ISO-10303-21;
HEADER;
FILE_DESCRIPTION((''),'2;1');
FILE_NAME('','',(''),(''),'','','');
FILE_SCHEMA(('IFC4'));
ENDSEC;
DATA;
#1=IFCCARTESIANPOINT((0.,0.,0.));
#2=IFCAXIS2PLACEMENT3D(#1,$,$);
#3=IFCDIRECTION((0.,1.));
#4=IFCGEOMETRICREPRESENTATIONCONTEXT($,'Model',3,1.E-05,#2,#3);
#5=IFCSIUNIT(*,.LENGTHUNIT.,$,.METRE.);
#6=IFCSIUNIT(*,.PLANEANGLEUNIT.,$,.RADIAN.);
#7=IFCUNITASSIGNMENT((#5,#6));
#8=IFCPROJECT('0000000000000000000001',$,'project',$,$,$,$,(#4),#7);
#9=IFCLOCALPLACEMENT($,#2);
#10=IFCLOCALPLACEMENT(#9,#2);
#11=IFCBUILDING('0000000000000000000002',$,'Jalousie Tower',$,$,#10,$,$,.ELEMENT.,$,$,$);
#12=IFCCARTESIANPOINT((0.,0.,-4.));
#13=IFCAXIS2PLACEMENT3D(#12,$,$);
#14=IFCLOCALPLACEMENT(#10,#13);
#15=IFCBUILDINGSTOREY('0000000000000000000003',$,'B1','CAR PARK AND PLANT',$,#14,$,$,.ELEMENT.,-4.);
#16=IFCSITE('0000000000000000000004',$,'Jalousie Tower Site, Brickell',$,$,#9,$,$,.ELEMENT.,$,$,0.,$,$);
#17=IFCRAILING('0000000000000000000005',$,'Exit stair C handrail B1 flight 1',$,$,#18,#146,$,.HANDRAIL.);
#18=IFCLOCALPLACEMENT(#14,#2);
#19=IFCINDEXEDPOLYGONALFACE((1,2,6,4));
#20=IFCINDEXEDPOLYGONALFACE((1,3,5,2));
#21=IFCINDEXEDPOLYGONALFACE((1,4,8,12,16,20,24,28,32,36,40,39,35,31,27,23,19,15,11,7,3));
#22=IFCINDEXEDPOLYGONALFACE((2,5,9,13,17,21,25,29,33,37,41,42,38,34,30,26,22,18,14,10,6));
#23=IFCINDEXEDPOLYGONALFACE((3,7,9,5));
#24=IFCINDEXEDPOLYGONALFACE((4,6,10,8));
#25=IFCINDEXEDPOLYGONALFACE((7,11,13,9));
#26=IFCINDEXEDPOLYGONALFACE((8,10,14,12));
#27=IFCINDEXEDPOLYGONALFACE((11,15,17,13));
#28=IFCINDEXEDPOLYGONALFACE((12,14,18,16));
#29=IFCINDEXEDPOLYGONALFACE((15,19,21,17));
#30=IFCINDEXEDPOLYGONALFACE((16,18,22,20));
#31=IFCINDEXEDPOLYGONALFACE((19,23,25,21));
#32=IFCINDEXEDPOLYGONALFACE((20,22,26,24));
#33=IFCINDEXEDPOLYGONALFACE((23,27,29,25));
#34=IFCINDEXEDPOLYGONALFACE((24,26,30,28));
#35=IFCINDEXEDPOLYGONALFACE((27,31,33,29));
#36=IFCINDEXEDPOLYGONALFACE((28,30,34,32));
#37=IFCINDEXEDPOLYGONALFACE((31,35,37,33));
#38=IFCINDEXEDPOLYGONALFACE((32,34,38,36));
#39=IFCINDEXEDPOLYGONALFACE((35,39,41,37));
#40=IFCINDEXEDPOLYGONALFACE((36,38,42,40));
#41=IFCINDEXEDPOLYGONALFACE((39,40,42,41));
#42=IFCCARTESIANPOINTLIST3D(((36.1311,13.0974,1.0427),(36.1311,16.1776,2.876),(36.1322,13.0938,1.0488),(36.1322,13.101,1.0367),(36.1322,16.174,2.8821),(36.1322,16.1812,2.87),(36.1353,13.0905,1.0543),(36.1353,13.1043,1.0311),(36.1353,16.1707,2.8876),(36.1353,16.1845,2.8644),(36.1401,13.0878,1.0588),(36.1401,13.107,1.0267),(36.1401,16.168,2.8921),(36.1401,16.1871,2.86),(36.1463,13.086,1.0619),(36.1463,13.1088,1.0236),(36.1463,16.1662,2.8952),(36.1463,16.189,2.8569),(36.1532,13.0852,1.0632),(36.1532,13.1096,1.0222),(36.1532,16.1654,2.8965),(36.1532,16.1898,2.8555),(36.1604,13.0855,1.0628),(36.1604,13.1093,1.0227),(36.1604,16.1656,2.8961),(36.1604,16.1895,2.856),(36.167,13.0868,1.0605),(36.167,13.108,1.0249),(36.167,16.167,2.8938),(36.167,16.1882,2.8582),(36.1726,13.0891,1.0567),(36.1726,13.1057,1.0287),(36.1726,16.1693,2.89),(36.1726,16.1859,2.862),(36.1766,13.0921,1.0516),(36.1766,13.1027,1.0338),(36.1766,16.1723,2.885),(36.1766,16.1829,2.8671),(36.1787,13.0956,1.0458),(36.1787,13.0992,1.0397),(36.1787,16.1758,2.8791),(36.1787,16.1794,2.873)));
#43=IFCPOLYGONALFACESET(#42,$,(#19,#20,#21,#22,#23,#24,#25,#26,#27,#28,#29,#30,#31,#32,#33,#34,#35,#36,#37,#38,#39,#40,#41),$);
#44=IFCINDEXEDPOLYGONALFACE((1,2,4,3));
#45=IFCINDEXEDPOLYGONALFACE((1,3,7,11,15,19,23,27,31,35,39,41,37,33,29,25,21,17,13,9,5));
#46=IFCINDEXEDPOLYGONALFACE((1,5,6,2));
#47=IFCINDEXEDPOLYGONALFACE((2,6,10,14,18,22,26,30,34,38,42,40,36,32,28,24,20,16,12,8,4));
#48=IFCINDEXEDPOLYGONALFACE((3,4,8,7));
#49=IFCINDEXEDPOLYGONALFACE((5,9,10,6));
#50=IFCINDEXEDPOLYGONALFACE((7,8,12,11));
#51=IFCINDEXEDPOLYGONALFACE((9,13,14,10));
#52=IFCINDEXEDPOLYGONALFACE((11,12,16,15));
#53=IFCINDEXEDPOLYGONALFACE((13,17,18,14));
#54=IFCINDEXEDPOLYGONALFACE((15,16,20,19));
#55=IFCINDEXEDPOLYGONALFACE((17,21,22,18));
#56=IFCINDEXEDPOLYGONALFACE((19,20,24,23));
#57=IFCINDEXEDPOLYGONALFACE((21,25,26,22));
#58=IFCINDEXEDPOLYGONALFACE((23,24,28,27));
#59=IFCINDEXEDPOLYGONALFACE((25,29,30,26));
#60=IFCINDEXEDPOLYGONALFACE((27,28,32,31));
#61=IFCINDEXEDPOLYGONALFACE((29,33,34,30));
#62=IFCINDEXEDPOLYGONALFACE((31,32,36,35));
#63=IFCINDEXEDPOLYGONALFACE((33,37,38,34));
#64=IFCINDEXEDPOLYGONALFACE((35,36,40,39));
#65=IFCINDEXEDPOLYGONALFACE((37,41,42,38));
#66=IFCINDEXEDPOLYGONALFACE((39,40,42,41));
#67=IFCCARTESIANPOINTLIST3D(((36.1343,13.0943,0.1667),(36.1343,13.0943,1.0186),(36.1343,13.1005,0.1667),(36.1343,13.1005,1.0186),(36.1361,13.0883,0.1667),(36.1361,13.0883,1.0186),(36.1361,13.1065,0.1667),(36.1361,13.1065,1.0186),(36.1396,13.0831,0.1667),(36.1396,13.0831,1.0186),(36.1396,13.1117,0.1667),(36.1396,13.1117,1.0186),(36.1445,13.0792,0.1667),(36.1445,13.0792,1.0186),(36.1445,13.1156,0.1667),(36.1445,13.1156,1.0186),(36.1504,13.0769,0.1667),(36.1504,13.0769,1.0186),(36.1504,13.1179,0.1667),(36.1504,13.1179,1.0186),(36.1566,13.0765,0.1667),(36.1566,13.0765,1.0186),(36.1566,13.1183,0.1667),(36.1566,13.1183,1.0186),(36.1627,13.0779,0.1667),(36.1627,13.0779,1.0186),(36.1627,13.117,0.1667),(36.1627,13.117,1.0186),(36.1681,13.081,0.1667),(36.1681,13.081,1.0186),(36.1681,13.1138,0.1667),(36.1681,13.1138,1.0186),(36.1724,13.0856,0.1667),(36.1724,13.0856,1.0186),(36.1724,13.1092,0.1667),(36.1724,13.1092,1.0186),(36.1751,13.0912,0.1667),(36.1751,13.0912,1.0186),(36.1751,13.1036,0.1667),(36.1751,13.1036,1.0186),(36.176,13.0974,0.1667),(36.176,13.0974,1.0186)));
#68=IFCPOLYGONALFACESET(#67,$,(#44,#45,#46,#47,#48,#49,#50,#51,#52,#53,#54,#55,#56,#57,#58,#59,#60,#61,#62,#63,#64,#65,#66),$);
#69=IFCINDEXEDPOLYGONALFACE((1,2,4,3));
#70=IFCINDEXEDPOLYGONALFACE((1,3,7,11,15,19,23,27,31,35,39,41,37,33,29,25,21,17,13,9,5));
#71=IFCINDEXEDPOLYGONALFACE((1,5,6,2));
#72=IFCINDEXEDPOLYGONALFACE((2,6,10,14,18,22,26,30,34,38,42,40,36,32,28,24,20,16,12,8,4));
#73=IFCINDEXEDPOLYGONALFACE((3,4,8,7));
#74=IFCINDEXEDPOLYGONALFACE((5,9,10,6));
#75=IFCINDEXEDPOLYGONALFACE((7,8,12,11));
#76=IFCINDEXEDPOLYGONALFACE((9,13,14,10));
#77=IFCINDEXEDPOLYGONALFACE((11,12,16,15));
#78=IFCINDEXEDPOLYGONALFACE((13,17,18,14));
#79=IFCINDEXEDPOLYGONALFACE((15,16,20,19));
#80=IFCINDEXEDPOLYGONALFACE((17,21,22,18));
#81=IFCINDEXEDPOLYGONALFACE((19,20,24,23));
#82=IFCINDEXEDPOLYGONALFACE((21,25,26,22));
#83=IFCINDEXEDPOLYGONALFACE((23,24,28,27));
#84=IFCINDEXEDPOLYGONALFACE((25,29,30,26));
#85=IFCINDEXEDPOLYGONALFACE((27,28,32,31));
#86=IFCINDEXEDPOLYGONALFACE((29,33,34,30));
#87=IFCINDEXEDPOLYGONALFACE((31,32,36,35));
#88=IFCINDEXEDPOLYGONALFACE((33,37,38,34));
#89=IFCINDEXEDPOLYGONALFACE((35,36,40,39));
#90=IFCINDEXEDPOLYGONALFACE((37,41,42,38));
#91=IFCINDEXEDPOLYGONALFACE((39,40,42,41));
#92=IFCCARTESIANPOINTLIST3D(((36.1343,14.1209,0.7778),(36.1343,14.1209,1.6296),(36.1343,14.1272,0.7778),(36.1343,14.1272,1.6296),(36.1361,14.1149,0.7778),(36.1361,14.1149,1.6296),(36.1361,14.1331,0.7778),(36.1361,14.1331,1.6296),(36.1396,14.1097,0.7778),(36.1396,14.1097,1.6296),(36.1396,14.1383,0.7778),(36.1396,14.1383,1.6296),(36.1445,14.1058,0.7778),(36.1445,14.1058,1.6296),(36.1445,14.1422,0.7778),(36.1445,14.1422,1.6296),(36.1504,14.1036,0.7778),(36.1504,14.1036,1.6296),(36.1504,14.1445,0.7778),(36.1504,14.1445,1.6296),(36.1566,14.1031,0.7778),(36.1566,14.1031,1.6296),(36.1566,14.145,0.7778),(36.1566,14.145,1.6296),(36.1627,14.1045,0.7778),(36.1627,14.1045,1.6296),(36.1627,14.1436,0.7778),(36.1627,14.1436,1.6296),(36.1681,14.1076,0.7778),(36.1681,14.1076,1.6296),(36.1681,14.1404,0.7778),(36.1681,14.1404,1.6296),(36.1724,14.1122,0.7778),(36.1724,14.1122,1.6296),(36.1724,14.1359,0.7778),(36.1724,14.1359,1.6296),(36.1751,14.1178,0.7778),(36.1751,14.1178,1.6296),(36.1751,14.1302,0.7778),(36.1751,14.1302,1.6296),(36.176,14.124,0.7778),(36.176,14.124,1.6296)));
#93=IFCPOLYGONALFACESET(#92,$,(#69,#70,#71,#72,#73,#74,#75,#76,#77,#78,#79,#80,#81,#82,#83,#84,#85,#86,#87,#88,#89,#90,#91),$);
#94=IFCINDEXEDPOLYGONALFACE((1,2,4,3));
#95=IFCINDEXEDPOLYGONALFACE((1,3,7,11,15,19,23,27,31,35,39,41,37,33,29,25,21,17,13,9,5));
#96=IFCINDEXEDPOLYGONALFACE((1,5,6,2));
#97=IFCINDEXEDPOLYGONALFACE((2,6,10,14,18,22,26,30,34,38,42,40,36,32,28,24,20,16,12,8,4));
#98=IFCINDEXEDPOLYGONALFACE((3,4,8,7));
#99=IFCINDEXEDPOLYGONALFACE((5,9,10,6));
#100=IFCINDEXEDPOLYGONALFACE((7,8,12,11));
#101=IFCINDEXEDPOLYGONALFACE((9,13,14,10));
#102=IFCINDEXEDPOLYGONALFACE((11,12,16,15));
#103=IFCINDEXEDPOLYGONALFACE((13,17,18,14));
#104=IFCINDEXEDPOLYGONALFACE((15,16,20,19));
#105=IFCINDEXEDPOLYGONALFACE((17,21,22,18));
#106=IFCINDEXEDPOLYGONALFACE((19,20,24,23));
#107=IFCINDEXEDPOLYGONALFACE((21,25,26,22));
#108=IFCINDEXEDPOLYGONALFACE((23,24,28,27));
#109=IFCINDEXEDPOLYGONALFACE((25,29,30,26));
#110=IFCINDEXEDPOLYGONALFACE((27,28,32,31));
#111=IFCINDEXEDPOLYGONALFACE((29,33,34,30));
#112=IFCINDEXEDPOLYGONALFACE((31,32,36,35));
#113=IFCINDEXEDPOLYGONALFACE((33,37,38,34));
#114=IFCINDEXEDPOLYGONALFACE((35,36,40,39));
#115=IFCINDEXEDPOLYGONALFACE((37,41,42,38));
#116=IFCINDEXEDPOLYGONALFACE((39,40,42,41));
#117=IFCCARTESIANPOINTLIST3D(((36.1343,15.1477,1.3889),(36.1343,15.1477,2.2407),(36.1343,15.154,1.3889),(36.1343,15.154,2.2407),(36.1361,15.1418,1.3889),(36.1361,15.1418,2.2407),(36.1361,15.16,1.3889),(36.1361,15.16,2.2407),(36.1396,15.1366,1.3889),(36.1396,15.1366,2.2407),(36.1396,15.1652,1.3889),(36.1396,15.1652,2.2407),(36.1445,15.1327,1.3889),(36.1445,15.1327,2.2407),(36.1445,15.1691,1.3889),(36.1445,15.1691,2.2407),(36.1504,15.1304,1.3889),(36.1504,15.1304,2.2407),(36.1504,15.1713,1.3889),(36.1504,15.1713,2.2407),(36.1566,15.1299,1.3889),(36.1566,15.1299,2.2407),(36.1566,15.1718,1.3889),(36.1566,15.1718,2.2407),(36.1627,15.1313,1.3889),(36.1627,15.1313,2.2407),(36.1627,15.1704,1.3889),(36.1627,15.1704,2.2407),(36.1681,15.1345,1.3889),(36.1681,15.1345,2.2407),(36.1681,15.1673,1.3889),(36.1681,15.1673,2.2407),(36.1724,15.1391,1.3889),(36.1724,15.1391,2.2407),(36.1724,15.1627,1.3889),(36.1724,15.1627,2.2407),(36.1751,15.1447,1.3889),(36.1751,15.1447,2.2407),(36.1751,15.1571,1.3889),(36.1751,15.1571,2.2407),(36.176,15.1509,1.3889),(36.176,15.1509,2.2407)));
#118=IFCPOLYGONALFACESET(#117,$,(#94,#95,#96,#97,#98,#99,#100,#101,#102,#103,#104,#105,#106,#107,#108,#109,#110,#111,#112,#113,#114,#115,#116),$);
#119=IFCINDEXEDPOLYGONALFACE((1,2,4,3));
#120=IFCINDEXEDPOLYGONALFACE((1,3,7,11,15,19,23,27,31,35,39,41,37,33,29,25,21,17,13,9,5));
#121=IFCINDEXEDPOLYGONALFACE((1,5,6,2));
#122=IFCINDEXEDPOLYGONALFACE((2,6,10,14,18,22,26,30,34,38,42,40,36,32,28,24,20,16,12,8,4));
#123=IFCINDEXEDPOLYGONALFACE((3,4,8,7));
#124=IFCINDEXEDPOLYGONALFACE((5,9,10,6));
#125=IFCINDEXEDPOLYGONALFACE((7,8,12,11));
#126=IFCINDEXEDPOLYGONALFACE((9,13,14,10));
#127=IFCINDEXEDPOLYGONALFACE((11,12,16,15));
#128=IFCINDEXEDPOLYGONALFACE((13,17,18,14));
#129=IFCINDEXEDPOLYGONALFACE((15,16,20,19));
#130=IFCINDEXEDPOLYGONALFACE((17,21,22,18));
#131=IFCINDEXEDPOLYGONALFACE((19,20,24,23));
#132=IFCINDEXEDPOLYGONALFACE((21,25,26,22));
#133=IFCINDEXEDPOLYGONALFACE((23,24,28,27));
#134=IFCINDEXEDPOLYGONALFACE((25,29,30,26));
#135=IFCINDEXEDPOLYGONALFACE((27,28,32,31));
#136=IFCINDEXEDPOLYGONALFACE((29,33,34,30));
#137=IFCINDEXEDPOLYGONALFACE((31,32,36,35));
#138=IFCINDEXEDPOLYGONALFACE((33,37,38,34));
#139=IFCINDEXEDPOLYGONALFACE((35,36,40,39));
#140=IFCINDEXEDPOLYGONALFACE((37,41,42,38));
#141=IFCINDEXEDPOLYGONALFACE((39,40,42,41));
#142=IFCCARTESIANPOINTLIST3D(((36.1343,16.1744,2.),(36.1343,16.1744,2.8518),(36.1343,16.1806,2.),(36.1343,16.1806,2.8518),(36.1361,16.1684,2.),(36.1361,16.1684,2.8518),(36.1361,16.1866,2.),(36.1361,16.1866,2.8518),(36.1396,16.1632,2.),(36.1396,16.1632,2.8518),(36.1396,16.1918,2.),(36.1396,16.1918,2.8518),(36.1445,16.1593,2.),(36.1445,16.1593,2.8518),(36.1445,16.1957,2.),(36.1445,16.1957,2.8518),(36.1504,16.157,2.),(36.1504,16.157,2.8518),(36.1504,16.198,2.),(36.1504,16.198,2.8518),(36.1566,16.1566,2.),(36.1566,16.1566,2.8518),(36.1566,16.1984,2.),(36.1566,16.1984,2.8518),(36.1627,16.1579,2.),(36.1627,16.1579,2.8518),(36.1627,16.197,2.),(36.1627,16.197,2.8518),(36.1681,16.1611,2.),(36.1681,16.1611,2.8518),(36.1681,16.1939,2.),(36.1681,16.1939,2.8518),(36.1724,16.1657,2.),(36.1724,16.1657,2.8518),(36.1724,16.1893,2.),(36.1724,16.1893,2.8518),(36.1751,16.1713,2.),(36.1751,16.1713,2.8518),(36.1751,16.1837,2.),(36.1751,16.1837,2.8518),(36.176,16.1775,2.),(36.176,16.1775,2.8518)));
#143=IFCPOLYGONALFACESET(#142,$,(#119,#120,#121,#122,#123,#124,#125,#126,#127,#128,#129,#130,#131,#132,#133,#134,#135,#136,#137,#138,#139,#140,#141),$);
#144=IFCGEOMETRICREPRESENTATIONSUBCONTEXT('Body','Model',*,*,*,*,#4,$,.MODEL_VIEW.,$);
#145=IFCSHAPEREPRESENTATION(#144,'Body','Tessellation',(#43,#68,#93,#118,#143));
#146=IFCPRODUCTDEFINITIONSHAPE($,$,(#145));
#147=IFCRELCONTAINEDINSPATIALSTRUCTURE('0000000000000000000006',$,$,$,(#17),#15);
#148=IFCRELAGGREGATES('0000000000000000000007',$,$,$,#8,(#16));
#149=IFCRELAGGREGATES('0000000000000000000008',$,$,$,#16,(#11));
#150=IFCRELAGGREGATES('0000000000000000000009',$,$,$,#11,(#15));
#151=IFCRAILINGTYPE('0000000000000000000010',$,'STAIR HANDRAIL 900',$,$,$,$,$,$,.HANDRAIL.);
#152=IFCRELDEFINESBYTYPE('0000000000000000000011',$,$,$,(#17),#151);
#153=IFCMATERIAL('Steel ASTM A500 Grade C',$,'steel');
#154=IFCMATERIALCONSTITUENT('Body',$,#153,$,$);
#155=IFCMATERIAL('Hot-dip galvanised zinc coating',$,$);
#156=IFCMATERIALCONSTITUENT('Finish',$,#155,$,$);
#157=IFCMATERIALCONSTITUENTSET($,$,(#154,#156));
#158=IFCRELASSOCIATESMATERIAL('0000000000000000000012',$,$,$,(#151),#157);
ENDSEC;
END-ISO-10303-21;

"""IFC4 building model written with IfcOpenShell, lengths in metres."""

from ifc_helpers import new_model, si_unit, direction, frame, origin, origin_2d, place, context, subcontext, project, spatial, circle, extrude, material, constituent, constituent_set, type_object, element, save


model = new_model("IFC4")

# Units and contexts
model_context = context("Model", 3, precision=1e-05, world=origin(), true_north=direction((0.0, 1.0)))
body_context = subcontext(model_context, "Body", "Model", "MODEL_VIEW")
ifc_project = project(units=[si_unit("LENGTHUNIT", "METRE"), si_unit("PLANEANGLEUNIT", "RADIAN")], contexts=[model_context])

# Site, building, storey
site_placement = place(None, origin())
site = spatial("IfcSite", under=ifc_project, at=site_placement, Name="Jalousie Tower Site, Brickell", CompositionType="ELEMENT", RefElevation=0.0)
building_placement = place(site_placement, origin())
building = spatial("IfcBuilding", under=site, at=building_placement, Name="Jalousie Tower", CompositionType="ELEMENT")
storey_placement = place(building_placement, frame((0.0, 0.0, -4.0)))
storey = spatial("IfcBuildingStorey", under=building, at=storey_placement, Name="B1", Description="CAR PARK AND PLANT", CompositionType="ELEMENT", Elevation=-4.0)

# Railing
ifc_material_1 = material(Name="Steel ASTM A500 Grade C", Category="steel")
ifc_constituent_1 = constituent(ifc_material_1, Name="Body")
ifc_material_2 = material(Name="Hot-dip galvanised zinc coating")
ifc_constituent_2 = constituent(ifc_material_2, Name="Finish")
ifc_constituent_set_1 = constituent_set(constituents=[ifc_constituent_1, ifc_constituent_2])
railing_type_1 = type_object("IfcRailingType", Name="STAIR HANDRAIL 900", PredefinedType="HANDRAIL", material=ifc_constituent_set_1)
railing_1_placement = place(storey_placement, frame((36.155, 13.0974, 0.1667)))
element("IfcRailing", 1, at=railing_1_placement, inside=storey, type_object=railing_type_1, Name="Exit stair C handrail B1 flight 1", PredefinedType="HANDRAIL", context=body_context, shape_type="SweptSolid", body=[
    extrude(circle(Radius=0.0239, at=origin_2d()), frame((0.0, 0.0, 0.876), z_axis=(0.0, 0.859309, 0.511458), x_axis=(-1.0, 0.0, 0.0)), (0.0, 0.0, 1.0), 3.5845),
    extrude(circle(Radius=0.021, at=origin_2d()), origin(), (0.0, 0.0, 1.0), 0.8518),
    extrude(circle(Radius=0.021, at=origin_2d()), frame((0.0, 1.0266, 0.6111)), (0.0, 0.0, 1.0), 0.8518),
    extrude(circle(Radius=0.021, at=origin_2d()), frame((0.0, 2.0535, 1.2222)), (0.0, 0.0, 1.0), 0.8518),
    extrude(circle(Radius=0.021, at=origin_2d()), frame((0.0, 3.0801, 1.8333)), (0.0, 0.0, 1.0), 0.8518),
])

save(model, "model.ifc")
